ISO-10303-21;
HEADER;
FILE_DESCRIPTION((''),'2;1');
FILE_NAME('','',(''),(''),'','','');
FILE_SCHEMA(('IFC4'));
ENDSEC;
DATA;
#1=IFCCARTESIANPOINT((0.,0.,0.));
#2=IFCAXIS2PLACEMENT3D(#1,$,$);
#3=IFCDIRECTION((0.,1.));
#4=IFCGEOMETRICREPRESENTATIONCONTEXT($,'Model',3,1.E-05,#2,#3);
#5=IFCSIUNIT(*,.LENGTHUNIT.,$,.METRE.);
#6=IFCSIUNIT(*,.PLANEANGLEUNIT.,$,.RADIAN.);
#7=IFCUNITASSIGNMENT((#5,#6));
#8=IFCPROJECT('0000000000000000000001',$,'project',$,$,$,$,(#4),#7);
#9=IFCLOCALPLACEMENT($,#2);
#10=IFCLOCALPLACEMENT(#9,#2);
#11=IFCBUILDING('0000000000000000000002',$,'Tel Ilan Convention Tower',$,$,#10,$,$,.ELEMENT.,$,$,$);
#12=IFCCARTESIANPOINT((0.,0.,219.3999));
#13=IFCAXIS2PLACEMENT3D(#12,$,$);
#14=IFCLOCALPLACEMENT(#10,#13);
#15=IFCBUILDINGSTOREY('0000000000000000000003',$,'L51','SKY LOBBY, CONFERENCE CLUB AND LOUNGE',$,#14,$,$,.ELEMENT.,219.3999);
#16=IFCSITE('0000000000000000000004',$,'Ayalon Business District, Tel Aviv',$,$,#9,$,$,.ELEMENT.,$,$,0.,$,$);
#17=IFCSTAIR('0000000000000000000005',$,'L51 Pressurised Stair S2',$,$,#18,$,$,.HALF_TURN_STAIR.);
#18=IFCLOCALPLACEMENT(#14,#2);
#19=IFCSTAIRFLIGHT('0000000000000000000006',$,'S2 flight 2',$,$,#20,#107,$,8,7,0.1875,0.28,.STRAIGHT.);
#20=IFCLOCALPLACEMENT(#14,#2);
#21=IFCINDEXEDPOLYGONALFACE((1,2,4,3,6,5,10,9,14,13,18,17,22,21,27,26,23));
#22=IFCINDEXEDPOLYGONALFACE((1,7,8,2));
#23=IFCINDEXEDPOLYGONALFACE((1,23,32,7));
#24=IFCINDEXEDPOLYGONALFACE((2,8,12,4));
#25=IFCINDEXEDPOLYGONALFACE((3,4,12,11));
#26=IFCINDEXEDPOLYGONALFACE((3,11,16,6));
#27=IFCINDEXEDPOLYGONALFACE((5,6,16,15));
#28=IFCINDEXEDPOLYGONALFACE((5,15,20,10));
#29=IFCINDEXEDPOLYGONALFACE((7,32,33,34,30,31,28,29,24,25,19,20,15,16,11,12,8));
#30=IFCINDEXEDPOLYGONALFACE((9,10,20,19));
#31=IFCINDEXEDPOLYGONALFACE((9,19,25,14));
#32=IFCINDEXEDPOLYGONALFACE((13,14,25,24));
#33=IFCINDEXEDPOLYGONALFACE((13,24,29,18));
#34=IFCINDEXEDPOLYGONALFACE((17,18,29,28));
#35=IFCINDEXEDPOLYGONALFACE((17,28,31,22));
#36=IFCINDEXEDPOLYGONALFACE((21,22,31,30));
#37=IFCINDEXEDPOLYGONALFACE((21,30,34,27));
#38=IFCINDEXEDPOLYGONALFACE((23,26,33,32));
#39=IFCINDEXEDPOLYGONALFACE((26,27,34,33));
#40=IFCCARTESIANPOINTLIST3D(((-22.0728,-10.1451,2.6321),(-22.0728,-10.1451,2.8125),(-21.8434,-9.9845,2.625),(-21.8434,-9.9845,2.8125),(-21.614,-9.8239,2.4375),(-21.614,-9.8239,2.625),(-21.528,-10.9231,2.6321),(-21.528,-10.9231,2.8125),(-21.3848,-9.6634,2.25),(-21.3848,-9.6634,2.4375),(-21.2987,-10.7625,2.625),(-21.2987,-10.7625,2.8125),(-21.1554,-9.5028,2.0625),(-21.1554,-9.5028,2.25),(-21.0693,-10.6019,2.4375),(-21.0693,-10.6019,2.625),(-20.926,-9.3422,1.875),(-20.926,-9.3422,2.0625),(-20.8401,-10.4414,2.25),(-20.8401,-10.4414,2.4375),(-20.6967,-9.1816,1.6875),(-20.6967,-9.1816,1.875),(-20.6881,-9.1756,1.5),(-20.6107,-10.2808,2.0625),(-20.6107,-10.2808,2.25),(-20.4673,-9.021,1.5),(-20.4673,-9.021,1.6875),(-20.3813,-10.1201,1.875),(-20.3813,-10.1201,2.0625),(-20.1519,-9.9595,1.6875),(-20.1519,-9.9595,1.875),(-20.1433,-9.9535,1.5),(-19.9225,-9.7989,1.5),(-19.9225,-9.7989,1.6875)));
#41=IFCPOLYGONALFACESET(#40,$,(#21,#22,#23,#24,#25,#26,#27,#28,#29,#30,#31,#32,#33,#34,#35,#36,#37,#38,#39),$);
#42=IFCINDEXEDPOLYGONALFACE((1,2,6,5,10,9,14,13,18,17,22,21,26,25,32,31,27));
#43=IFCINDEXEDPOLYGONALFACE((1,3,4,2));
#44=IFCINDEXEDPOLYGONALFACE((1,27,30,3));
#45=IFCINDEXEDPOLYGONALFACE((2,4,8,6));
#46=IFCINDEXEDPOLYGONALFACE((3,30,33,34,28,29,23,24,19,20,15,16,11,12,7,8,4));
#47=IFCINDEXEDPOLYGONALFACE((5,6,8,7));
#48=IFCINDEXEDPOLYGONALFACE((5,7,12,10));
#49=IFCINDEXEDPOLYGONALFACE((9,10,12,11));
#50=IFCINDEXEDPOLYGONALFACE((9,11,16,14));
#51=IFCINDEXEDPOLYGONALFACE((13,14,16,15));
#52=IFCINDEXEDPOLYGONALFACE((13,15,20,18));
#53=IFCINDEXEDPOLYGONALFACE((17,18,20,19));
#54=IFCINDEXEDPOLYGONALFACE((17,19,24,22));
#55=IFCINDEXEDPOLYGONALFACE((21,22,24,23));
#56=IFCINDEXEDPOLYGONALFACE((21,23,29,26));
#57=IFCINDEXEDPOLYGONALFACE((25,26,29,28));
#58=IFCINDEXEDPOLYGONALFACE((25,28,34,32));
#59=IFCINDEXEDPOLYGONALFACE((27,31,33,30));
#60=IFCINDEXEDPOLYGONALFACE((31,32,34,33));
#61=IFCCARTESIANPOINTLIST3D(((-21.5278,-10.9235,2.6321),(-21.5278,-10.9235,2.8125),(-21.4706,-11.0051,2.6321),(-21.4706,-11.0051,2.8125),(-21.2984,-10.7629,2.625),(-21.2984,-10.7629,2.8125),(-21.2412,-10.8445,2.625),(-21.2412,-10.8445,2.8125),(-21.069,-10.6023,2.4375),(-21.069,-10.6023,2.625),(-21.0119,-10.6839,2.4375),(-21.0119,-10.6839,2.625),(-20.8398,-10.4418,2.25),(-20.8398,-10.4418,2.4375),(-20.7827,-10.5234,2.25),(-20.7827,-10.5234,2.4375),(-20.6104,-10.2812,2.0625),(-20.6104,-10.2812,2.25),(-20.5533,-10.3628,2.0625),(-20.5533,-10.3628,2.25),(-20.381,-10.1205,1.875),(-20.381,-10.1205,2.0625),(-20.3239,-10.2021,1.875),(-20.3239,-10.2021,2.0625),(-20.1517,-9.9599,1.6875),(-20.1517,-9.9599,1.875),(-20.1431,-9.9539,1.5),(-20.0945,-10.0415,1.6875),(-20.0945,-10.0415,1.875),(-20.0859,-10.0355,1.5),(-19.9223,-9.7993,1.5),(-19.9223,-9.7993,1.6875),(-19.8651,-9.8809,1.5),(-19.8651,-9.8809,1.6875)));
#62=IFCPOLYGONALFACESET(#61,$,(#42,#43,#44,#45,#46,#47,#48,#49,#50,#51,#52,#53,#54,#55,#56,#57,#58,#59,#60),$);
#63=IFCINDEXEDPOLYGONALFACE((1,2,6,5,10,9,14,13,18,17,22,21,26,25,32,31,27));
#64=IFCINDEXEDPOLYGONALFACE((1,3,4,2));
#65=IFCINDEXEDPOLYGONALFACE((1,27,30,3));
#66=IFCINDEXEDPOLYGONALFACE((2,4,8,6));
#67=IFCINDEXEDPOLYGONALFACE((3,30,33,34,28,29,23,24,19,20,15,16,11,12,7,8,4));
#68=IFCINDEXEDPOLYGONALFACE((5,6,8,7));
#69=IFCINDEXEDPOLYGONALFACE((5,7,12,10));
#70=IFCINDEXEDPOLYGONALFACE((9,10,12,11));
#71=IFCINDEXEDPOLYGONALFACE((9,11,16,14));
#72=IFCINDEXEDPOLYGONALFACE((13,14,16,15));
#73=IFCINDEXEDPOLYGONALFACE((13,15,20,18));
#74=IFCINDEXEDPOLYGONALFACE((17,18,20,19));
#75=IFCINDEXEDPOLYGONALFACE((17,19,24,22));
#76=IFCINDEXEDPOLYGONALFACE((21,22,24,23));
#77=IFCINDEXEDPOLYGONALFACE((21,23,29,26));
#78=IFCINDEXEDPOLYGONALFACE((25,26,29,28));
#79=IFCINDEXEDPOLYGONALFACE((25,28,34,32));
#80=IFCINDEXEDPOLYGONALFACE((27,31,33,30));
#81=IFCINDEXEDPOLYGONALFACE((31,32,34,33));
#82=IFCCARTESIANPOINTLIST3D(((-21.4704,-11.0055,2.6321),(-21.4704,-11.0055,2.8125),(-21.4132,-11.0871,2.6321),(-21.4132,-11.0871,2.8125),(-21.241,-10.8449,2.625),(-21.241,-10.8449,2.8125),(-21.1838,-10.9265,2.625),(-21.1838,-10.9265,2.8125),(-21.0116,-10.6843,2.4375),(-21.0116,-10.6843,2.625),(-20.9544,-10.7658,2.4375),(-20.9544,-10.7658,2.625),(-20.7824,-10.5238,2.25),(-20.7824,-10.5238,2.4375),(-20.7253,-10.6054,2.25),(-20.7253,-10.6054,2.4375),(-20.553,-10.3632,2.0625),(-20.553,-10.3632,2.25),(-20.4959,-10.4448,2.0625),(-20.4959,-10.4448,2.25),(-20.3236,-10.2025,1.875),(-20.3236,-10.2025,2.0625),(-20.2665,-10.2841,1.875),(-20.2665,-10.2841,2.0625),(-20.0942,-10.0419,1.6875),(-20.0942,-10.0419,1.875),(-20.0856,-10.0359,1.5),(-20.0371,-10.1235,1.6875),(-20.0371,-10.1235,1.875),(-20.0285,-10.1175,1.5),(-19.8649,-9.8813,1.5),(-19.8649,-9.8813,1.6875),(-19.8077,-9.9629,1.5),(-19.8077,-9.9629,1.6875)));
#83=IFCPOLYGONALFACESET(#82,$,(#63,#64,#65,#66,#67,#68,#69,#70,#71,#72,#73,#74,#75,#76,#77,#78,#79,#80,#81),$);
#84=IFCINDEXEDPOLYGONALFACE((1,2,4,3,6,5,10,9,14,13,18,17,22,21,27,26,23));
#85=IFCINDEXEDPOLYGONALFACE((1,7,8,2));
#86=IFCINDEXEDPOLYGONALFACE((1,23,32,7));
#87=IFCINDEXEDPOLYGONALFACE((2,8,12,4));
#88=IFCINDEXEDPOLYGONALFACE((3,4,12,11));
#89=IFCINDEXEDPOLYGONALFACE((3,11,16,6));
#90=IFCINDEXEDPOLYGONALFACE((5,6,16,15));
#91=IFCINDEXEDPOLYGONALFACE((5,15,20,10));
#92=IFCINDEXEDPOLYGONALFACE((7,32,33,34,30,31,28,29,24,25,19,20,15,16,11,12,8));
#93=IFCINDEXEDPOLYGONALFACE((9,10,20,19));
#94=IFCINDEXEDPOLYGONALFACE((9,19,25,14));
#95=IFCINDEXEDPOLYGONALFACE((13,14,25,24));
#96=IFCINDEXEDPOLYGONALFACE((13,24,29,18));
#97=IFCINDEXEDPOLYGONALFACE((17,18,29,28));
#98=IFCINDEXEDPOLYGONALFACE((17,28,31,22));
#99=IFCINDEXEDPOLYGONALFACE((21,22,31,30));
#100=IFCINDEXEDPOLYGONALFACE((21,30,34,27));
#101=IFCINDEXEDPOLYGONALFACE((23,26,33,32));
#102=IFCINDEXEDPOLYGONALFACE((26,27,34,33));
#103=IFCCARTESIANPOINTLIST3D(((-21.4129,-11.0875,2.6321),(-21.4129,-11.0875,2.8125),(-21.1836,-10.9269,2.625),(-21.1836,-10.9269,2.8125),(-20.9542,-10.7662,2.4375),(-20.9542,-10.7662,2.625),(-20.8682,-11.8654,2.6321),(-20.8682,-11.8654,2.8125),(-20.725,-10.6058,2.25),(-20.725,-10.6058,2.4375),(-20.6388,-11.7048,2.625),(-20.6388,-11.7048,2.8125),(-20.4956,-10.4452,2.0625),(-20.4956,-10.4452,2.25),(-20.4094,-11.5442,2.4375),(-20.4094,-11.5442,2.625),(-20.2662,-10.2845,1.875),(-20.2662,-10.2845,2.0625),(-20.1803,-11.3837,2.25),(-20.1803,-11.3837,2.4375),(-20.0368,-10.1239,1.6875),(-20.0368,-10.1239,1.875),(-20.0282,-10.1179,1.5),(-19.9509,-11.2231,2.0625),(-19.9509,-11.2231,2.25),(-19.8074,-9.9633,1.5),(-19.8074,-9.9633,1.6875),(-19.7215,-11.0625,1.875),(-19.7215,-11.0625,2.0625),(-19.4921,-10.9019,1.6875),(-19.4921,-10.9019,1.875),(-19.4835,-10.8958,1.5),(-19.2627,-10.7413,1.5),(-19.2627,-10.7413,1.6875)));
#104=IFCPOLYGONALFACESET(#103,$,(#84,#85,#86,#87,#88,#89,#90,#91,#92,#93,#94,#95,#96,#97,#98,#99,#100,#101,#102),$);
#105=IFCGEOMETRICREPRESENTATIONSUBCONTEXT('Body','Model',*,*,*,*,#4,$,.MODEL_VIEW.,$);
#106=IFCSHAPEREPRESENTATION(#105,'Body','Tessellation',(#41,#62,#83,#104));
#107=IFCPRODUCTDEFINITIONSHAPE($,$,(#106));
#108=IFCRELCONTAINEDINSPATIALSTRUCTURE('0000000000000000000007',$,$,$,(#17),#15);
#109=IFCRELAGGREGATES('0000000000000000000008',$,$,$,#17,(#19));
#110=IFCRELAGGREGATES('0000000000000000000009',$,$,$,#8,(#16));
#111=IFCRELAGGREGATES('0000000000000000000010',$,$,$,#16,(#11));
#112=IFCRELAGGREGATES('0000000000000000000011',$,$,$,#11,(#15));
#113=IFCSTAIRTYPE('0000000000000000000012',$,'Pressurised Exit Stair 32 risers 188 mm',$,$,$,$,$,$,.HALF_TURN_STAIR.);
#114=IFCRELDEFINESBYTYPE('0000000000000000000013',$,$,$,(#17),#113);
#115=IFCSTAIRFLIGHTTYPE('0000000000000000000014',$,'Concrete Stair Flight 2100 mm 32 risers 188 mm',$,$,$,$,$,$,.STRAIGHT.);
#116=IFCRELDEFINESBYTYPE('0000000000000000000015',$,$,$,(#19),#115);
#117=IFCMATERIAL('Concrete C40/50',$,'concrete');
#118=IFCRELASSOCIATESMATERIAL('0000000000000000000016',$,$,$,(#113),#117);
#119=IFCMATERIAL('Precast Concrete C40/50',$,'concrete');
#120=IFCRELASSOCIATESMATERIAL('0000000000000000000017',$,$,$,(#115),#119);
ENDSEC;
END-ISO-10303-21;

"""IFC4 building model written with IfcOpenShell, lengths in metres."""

from ifc_helpers import new_model, si_unit, direction, frame, origin, place, context, subcontext, project, spatial, polyline, outline, extrude, material, type_object, element, aggregate, save


model = new_model("IFC4")

# Units and contexts
model_context = context("Model", 3, precision=1e-05, world=origin(), true_north=direction((0.0, 1.0)))
body_context = subcontext(model_context, "Body", "Model", "MODEL_VIEW")
ifc_project = project(units=[si_unit("LENGTHUNIT", "METRE"), si_unit("PLANEANGLEUNIT", "RADIAN")], contexts=[model_context])

# Site, building, storey
site_placement = place(None, origin())
site = spatial("IfcSite", under=ifc_project, at=site_placement, Name="Ayalon Business District, Tel Aviv", CompositionType="ELEMENT", RefElevation=0.0)
building_placement = place(site_placement, origin())
building = spatial("IfcBuilding", under=site, at=building_placement, Name="Tel Ilan Convention Tower", CompositionType="ELEMENT")
storey_placement = place(building_placement, frame((0.0, 0.0, 219.3999)))
storey = spatial("IfcBuildingStorey", under=building, at=storey_placement, Name="L51", Description="SKY LOBBY, CONFERENCE CLUB AND LOUNGE", CompositionType="ELEMENT", Elevation=219.3999)

# Stair, stair flight
ifc_material_1 = material(Name="Concrete C40/50", Category="concrete")
stair_type = type_object("IfcStairType", Name="Pressurised Exit Stair 32 risers 188 mm", PredefinedType="HALF_TURN_STAIR", material=ifc_material_1)
ifc_material_2 = material(Name="Precast Concrete C40/50", Category="concrete")
stair_flight_type = type_object("IfcStairFlightType", Name="Concrete Stair Flight 2100 mm 32 risers 188 mm", PredefinedType="STRAIGHT", material=ifc_material_2)
stair_1_placement = place(storey_placement, origin())
stair_1 = element("IfcStair", 1, at=stair_1_placement, inside=storey, type_object=stair_type, Name="L51 Pressurised Stair S2", PredefinedType="HALF_TURN_STAIR")
stair_flight_1_placement = place(storey_placement, frame((-19.865, -9.8811, 1.5), z_axis=(0.0, 0.0, 1.0), x_axis=(-0.819152, -0.573576, 0.0)))
stair_flight_1 = element("IfcStairFlight", 2, at=stair_flight_1_placement, type_object=stair_flight_type, Name="S2 flight 2", NumberOfRisers=8, NumberOfTreads=7, PredefinedType="STRAIGHT", RiserHeight=0.1875, TreadLength=0.28, context=body_context, shape_type="SweptSolid", body=[
    extrude(outline(polyline([(0.0, 0.0), (0.0, 0.1875), (0.28, 0.1875), (0.28, 0.375), (0.5601, 0.375), (0.5601, 0.5625), (0.8401, 0.5625), (0.8401, 0.75), (1.1201, 0.75), (1.1201, 0.9375), (1.3999, 0.9375), (1.3999, 1.125), (1.6799, 1.125), (1.6799, 1.3125), (1.96, 1.3125), (1.96, 1.5), (1.96, 1.1321), (0.2695, 0.0), (0.0, 0.0)])), frame((0.0, -0.1003, 0.0), z_axis=(0.0, -1.0, 0.0), x_axis=(1.0, 0.0, 0.0)), (0.0, 0.0, 1.0), 0.9497),
    extrude(outline(polyline([(0.0, 0.0), (0.0, 0.1875), (0.28, 0.1875), (0.28, 0.375), (0.5601, 0.375), (0.5601, 0.5625), (0.8401, 0.5625), (0.8401, 0.75), (1.1201, 0.75), (1.1201, 0.9375), (1.3999, 0.9375), (1.3999, 1.125), (1.6799, 1.125), (1.6799, 1.3125), (1.96, 1.3125), (1.96, 1.5), (1.96, 1.1321), (0.2695, 0.0), (0.0, 0.0)])), frame((0.0, -0.0002, 0.0), z_axis=(0.0, -1.0, 0.0), x_axis=(1.0, 0.0, 0.0)), (0.0, 0.0, 1.0), 0.0996),
    extrude(outline(polyline([(0.0, 0.0), (0.0, 0.1875), (0.28, 0.1875), (0.28, 0.375), (0.5601, 0.375), (0.5601, 0.5625), (0.8401, 0.5625), (0.8401, 0.75), (1.1201, 0.75), (1.1201, 0.9375), (1.3999, 0.9375), (1.3999, 1.125), (1.6799, 1.125), (1.6799, 1.3125), (1.96, 1.3125), (1.96, 1.5), (1.96, 1.1321), (0.2695, 0.0), (0.0, 0.0)])), frame((0.0, 0.0999, 0.0), z_axis=(0.0, -1.0, 0.0), x_axis=(1.0, 0.0, 0.0)), (0.0, 0.0, 1.0), 0.0996),
    extrude(outline(polyline([(0.0, 0.0), (0.0, 0.1875), (0.28, 0.1875), (0.28, 0.375), (0.5601, 0.375), (0.5601, 0.5625), (0.8401, 0.5625), (0.8401, 0.75), (1.1201, 0.75), (1.1201, 0.9375), (1.3999, 0.9375), (1.3999, 1.125), (1.6799, 1.125), (1.6799, 1.3125), (1.96, 1.3125), (1.96, 1.5), (1.96, 1.1321), (0.2695, 0.0), (0.0, 0.0)])), frame((0.0, 1.05, 0.0), z_axis=(0.0, -1.0, 0.0), x_axis=(1.0, 0.0, 0.0)), (0.0, 0.0, 1.0), 0.9497),
])
aggregate(stair_1, [stair_flight_1])

save(model, "model.ifc")
